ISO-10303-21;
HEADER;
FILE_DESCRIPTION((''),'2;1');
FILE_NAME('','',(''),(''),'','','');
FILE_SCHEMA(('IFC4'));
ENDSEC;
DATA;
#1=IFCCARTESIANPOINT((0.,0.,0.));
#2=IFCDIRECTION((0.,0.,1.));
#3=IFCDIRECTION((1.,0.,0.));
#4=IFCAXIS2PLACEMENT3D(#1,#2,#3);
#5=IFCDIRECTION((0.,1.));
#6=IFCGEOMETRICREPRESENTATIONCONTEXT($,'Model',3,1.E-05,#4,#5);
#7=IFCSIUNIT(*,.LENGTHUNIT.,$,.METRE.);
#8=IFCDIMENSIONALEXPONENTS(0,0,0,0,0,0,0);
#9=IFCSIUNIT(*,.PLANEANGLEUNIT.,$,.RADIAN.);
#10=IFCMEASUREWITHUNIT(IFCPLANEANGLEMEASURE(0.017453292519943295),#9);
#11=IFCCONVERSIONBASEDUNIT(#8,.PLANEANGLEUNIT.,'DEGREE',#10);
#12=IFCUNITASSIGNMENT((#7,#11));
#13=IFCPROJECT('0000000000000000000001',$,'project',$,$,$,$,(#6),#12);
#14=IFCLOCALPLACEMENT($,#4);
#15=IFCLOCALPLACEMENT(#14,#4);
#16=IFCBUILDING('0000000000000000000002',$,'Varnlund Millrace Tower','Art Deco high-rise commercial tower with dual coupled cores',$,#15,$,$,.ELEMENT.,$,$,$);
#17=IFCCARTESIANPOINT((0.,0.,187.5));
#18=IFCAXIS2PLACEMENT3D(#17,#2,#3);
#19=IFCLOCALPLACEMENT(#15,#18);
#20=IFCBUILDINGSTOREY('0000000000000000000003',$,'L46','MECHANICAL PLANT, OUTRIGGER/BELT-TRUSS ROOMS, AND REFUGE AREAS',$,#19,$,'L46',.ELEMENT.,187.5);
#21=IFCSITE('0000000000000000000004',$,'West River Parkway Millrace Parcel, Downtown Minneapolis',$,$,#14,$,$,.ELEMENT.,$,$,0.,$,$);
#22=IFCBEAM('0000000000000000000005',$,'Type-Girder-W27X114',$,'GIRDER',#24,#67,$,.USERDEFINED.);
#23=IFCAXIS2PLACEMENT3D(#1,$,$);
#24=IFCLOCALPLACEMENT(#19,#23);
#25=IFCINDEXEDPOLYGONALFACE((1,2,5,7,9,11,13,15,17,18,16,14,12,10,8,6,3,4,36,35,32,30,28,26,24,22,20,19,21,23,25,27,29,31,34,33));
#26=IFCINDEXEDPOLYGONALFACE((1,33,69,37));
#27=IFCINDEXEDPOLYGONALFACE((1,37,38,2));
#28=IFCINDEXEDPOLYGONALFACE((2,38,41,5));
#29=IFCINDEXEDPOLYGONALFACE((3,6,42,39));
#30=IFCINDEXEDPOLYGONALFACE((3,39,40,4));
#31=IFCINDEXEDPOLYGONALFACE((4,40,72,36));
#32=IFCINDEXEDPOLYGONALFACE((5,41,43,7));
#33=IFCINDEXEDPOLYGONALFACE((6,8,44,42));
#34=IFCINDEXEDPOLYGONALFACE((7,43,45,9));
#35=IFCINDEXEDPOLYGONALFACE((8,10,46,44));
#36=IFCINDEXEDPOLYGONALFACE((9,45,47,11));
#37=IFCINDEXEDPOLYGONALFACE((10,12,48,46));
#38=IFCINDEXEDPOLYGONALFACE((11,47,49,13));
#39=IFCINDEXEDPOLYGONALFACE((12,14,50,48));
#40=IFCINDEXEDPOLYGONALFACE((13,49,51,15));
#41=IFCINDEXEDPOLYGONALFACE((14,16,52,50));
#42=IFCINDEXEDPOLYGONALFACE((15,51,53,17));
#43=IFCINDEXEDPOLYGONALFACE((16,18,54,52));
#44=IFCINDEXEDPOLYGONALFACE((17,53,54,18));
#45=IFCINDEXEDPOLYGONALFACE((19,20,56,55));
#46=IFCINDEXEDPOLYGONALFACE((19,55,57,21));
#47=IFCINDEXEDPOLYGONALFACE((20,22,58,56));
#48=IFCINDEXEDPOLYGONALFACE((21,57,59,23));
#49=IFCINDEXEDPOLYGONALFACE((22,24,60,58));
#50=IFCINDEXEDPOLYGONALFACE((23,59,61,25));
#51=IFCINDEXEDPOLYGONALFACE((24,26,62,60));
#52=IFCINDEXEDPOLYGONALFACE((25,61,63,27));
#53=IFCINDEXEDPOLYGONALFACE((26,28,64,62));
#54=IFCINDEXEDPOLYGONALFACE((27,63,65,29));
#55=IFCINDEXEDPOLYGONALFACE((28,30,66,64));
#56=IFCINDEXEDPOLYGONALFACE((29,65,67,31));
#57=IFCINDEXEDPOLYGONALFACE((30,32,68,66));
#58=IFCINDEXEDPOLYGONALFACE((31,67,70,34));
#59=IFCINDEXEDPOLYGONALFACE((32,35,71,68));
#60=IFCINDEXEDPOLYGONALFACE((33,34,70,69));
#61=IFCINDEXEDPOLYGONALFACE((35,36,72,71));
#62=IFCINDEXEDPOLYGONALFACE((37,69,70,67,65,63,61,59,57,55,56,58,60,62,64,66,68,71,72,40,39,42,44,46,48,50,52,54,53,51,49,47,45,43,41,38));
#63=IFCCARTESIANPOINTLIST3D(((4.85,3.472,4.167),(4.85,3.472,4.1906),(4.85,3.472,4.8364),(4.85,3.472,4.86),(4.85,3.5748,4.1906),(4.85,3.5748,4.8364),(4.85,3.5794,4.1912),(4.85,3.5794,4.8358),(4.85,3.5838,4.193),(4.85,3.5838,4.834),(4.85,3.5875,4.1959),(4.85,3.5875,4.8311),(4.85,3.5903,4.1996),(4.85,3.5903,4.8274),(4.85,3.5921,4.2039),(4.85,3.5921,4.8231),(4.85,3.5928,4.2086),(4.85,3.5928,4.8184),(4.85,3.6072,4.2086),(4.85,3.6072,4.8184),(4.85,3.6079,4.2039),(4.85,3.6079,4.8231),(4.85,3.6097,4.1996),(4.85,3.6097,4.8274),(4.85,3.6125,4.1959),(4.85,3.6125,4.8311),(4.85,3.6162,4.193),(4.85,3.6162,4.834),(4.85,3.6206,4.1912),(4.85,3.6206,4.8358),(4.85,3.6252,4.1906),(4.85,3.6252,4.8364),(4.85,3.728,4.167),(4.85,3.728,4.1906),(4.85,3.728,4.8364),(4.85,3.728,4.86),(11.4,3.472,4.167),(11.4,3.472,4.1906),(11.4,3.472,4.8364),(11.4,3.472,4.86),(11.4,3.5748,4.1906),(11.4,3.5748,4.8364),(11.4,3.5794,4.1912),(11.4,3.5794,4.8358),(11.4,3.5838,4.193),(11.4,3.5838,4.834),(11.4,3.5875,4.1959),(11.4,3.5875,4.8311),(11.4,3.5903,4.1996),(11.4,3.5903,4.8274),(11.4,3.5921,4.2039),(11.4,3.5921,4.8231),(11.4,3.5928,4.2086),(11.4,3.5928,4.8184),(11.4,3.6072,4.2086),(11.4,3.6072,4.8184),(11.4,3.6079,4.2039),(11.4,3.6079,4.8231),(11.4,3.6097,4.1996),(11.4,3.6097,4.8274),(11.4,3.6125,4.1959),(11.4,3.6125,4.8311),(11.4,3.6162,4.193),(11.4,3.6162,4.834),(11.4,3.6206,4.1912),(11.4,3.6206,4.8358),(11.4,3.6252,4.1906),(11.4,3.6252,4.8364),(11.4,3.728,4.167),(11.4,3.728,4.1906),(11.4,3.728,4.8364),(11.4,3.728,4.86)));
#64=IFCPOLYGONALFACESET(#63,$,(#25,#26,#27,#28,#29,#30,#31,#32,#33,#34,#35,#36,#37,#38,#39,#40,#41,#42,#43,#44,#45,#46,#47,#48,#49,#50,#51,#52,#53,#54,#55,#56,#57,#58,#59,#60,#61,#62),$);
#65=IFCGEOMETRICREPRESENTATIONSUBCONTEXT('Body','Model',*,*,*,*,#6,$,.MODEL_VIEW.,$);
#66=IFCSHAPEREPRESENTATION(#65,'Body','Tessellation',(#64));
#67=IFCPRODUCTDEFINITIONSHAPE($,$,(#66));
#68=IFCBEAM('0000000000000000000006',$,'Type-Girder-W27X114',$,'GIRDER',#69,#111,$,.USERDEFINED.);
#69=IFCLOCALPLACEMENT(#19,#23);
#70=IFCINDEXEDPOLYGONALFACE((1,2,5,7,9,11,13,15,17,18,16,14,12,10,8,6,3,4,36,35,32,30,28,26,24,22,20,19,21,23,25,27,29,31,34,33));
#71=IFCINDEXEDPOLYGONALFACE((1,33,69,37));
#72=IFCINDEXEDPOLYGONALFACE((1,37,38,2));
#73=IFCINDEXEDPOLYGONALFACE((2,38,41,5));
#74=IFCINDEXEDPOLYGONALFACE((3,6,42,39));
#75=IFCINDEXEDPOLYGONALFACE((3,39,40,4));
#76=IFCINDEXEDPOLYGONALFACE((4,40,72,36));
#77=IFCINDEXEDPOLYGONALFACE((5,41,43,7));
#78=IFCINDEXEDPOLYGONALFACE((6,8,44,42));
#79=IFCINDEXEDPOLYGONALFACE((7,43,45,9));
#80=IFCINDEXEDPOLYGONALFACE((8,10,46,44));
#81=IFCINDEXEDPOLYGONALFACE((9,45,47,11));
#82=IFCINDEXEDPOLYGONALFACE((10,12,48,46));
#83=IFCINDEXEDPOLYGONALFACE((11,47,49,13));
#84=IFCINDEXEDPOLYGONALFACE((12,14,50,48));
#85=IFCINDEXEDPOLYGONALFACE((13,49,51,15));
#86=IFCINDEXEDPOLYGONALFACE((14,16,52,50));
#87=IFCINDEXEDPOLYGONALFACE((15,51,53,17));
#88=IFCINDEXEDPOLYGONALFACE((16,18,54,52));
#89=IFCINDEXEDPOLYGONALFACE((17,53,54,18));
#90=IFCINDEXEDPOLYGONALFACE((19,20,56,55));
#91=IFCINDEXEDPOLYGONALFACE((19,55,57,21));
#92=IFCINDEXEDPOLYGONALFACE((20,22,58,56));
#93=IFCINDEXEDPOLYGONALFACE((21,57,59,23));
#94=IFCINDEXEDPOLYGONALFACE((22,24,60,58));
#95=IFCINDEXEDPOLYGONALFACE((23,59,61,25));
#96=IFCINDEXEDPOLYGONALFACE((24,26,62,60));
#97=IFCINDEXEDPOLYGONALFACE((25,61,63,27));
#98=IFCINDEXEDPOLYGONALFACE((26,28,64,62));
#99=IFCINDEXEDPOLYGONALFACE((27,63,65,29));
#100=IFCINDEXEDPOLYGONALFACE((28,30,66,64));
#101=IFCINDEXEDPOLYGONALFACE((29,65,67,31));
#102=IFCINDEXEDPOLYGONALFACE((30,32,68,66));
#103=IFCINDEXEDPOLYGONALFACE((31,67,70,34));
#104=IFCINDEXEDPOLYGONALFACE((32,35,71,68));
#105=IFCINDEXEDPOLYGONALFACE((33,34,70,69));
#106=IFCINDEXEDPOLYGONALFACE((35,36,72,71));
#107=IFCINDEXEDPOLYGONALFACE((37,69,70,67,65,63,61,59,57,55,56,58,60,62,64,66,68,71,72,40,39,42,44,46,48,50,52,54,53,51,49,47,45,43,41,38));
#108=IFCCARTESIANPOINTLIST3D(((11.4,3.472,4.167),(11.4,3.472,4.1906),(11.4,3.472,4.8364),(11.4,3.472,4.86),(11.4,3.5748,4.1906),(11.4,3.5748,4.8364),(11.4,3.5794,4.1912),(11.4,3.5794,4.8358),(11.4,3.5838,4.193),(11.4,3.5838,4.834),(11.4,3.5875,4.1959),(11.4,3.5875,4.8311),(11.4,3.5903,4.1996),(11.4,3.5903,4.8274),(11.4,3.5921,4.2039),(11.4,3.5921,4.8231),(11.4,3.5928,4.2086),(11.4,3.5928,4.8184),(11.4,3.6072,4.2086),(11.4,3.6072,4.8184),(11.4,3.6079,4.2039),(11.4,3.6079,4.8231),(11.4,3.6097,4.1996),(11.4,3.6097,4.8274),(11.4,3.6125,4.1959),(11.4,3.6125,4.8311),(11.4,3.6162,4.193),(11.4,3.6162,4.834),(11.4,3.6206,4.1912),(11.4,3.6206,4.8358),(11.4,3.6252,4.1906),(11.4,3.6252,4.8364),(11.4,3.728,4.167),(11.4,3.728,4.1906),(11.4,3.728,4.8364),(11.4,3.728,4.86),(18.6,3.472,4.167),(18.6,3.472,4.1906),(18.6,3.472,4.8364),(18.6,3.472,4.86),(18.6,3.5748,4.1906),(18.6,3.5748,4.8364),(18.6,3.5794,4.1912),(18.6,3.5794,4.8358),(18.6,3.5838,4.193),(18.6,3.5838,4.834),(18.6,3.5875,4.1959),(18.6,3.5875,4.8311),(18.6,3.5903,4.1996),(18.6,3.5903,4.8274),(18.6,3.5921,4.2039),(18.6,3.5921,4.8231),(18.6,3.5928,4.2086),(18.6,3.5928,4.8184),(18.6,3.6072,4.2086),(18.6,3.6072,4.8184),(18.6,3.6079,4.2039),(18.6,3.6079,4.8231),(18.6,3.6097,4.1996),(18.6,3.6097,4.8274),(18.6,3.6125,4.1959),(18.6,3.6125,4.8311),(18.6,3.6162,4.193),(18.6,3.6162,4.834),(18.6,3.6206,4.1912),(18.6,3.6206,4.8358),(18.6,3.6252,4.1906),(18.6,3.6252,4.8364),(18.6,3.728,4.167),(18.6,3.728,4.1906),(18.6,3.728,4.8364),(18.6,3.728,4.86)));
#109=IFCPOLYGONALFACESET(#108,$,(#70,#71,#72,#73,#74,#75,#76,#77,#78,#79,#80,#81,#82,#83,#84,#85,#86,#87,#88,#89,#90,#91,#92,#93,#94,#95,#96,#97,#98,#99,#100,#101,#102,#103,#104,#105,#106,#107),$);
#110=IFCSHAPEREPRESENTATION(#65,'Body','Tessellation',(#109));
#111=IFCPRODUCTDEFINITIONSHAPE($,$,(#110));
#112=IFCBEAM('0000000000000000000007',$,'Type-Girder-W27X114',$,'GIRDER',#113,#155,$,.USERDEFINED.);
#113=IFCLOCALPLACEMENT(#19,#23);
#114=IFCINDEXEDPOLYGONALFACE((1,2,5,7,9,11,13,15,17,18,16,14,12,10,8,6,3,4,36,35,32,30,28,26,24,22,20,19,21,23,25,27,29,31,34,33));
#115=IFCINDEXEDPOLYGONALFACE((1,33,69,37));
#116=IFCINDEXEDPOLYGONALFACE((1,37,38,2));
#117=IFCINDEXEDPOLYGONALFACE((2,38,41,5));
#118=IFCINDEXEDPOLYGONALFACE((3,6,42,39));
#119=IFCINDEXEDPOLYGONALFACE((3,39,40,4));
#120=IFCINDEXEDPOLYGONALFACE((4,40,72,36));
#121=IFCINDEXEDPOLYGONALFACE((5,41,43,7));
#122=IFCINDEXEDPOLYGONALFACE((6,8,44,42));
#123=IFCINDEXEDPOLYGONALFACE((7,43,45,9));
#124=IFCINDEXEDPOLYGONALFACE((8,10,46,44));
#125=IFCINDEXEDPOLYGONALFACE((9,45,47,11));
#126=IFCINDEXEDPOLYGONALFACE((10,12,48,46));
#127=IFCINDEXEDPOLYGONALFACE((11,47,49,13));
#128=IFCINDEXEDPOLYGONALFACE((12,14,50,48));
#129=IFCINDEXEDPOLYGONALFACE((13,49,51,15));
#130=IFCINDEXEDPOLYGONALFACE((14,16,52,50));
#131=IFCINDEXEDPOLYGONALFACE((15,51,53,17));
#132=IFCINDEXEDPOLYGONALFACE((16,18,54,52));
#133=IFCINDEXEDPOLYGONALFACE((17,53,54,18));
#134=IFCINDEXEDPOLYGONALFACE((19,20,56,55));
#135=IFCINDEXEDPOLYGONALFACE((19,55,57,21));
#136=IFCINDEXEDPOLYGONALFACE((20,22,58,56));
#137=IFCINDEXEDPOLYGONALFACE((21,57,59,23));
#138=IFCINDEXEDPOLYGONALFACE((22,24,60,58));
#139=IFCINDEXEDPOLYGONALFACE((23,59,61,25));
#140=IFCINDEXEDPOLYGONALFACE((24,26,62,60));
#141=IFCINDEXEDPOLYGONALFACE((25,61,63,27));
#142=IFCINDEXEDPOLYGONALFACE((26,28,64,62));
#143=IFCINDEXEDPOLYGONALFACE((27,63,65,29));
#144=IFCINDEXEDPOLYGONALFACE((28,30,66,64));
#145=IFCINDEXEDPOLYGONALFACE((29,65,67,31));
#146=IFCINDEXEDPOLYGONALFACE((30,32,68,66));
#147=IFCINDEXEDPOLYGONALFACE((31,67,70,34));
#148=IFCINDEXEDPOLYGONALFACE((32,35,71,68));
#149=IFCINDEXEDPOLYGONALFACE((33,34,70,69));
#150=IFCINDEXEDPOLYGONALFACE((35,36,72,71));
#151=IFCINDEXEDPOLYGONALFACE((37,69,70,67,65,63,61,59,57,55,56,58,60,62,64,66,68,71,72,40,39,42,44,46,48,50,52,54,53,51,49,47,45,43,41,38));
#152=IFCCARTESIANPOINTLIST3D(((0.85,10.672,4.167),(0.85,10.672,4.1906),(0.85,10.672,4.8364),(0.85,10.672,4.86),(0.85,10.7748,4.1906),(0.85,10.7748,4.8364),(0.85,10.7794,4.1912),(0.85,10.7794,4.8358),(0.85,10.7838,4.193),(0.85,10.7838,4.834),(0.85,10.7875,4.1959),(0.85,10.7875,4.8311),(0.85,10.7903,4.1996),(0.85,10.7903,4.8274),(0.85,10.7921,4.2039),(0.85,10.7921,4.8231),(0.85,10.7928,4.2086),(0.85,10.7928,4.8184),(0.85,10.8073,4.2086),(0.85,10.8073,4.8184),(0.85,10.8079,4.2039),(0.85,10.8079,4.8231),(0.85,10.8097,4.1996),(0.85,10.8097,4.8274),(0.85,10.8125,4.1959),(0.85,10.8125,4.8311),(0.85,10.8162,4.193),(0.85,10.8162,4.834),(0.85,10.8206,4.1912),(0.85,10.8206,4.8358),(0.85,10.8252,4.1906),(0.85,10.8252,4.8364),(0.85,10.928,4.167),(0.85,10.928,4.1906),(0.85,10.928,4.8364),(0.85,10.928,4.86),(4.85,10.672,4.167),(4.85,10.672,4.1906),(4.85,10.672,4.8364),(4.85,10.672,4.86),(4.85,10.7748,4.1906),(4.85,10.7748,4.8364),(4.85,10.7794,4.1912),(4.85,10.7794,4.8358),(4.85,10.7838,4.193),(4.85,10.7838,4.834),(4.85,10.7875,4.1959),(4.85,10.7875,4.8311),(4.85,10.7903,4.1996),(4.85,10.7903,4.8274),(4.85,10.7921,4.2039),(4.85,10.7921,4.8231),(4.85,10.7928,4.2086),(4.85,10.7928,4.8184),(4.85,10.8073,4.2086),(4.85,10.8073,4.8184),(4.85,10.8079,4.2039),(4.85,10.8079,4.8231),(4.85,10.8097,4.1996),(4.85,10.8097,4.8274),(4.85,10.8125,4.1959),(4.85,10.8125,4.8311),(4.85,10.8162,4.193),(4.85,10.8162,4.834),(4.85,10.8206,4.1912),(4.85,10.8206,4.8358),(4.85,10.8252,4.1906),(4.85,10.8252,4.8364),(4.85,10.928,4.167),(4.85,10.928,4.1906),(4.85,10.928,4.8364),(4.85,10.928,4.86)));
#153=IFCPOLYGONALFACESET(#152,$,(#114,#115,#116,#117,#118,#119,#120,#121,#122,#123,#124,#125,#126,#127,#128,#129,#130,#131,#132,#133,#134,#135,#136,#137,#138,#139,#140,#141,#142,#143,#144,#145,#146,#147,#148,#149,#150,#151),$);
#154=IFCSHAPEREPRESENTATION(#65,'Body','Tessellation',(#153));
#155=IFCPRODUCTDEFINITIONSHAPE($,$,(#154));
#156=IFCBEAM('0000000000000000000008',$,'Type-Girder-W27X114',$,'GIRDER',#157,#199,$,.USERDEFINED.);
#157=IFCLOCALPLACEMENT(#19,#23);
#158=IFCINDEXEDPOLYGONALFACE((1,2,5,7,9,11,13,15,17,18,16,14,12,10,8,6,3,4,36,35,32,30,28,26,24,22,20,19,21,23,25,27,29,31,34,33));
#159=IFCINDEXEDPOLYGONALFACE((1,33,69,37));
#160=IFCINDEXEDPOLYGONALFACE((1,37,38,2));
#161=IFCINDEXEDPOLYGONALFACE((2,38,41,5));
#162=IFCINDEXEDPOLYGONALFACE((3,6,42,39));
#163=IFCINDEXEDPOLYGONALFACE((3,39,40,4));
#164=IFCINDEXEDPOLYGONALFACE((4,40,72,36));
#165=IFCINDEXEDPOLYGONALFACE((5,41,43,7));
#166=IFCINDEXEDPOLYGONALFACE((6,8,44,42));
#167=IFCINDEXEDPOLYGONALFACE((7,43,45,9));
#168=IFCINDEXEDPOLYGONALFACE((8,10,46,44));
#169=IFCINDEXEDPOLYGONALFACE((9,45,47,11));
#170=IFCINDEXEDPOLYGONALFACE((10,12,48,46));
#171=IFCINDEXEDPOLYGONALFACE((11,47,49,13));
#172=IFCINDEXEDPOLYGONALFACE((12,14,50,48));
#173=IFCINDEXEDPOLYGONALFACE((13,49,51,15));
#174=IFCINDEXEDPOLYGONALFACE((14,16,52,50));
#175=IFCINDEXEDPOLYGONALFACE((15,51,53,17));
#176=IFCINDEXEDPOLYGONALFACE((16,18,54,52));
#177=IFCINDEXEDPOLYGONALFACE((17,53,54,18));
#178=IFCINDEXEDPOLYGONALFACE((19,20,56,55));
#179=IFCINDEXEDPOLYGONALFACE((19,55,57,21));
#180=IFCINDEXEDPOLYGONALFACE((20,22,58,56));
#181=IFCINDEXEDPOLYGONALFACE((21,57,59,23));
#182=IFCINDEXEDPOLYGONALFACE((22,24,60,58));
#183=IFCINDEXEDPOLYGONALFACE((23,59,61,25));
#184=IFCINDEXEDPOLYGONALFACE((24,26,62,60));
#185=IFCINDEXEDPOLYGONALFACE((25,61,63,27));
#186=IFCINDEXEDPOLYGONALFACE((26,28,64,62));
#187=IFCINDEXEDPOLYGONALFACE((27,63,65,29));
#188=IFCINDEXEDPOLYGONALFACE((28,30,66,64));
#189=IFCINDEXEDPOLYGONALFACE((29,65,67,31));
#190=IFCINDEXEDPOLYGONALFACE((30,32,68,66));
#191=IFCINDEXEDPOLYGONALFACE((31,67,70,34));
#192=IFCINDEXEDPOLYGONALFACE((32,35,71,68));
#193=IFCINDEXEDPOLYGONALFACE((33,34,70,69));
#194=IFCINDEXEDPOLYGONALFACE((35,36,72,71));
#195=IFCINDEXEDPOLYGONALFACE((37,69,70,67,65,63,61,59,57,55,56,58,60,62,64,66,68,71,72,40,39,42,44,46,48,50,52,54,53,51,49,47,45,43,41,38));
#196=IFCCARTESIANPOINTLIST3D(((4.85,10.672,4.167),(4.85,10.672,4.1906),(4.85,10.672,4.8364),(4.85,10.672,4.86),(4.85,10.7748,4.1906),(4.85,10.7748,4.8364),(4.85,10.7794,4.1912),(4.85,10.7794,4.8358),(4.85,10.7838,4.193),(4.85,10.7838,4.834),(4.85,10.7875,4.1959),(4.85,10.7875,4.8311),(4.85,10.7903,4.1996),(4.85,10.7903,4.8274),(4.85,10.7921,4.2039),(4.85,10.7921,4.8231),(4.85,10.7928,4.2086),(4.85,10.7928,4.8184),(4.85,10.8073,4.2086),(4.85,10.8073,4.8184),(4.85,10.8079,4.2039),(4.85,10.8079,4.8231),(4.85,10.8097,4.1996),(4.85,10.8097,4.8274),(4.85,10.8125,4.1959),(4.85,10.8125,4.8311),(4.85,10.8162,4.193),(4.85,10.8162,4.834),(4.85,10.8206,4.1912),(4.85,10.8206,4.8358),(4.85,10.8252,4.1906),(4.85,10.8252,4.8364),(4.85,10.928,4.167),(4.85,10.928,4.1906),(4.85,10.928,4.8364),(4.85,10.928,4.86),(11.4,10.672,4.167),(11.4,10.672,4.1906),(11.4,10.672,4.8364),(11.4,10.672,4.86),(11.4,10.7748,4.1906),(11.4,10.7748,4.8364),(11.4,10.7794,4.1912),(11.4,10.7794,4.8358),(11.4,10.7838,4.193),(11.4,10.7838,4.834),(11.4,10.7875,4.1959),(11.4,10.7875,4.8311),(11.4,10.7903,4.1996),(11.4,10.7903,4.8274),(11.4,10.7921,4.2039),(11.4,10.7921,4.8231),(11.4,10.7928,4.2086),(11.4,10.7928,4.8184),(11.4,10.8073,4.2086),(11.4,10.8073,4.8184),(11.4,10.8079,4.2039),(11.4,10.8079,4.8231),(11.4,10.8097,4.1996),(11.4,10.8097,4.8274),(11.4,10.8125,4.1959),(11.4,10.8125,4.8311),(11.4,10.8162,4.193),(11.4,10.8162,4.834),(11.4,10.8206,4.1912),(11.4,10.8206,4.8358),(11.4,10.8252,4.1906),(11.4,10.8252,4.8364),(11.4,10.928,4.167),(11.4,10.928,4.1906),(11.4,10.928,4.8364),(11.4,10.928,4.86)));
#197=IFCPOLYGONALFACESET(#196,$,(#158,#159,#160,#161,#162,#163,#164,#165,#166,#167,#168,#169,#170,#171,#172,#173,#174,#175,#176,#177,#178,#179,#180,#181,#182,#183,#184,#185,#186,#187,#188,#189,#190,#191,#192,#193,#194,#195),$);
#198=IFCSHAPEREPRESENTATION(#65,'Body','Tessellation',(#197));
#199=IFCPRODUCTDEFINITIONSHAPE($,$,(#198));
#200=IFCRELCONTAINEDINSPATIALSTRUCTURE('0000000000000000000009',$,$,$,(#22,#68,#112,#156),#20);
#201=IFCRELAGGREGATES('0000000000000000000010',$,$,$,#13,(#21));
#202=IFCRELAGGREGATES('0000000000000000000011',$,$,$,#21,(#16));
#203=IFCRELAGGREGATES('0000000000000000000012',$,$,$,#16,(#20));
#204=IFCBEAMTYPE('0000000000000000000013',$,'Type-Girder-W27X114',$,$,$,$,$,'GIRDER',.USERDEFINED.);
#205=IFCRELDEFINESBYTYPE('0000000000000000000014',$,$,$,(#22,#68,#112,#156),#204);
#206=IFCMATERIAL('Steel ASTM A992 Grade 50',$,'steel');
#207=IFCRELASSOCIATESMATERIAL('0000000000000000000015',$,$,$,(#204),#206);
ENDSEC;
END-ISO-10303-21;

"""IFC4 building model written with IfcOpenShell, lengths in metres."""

from ifc_helpers import new_model, entity, si_unit, converted_unit, direction, frame, origin_with_axes, origin_2d_with_axis, place, context, subcontext, project, spatial, i_section, extrude, material, material_profile, profile_set, type_object, element, save


model = new_model("IFC4")

# Units and contexts
model_context = context("Model", 3, precision=1e-05, world=origin_with_axes(), true_north=direction((0.0, 1.0)))
body_context = subcontext(model_context, "Body", "Model", "MODEL_VIEW")
ifc_project = project(units=[si_unit("LENGTHUNIT", "METRE"), converted_unit("PLANEANGLEUNIT", "DEGREE", entity("IfcPlaneAngleMeasure", 0.017453292519943295), si_unit("PLANEANGLEUNIT", "RADIAN"), dimensions=[0, 0, 0, 0, 0, 0, 0])], contexts=[model_context])

# Site, building, storey
site_placement = place(None, origin_with_axes())
site = spatial("IfcSite", under=ifc_project, at=site_placement, Name="West River Parkway Millrace Parcel, Downtown Minneapolis", CompositionType="ELEMENT", RefElevation=0.0)
building_placement = place(site_placement, origin_with_axes())
building = spatial("IfcBuilding", under=site, at=building_placement, Name="Varnlund Millrace Tower", Description="Art Deco high-rise commercial tower with dual coupled cores", CompositionType="ELEMENT")
storey_placement = place(building_placement, frame((0.0, 0.0, 187.5), z_axis=(0.0, 0.0, 1.0), x_axis=(1.0, 0.0, 0.0)))
storey = spatial("IfcBuildingStorey", under=building, at=storey_placement, Name="L46", Description="MECHANICAL PLANT, OUTRIGGER/BELT-TRUSS ROOMS, AND REFUGE AREAS", LongName="L46", CompositionType="ELEMENT", Elevation=187.5)

# Beams
ifc_material_1 = material(Name="Steel ASTM A992 Grade 50", Category="steel")
ifc_material_profile_1 = material_profile(ifc_material_1, i_section(OverallWidth=0.256, OverallDepth=0.693, WebThickness=0.0145, FlangeThickness=0.0236, FilletRadius=0.018, at=origin_2d_with_axis()), Name="Steel ASTM A992 Grade 50")
ifc_profile_set_1 = profile_set([ifc_material_profile_1], Name="Steel ASTM A992 Grade 50")
beam_type_1 = type_object("IfcBeamType", Name="Type-Girder-W27X114", ElementType="GIRDER", PredefinedType="USERDEFINED", material=ifc_profile_set_1)
beam_1_placement = place(storey_placement, frame((4.85, 3.6, 4.5135), z_axis=(1.0, 0.0, 0.0), x_axis=(0.0, 1.0, 0.0)))
element("IfcBeam", 1, at=beam_1_placement, inside=storey, type_object=beam_type_1, Name="Type-Girder-W27X114", ObjectType="GIRDER", PredefinedType="USERDEFINED", context=body_context, shape_type="SweptSolid", body=[
    extrude(i_section(OverallWidth=0.256, OverallDepth=0.693, WebThickness=0.0145, FlangeThickness=0.0236, FilletRadius=0.018, at=origin_2d_with_axis()), origin_with_axes(), (0.0, 0.0, 1.0), 6.55),
])
beam_2_placement = place(storey_placement, frame((11.4, 3.6, 4.5135), z_axis=(1.0, 0.0, 0.0), x_axis=(0.0, 1.0, 0.0)))
element("IfcBeam", 2, at=beam_2_placement, inside=storey, type_object=beam_type_1, Name="Type-Girder-W27X114", ObjectType="GIRDER", PredefinedType="USERDEFINED", context=body_context, shape_type="SweptSolid", body=[
    extrude(i_section(OverallWidth=0.256, OverallDepth=0.693, WebThickness=0.0145, FlangeThickness=0.0236, FilletRadius=0.018, at=origin_2d_with_axis()), origin_with_axes(), (0.0, 0.0, 1.0), 7.2),
])
beam_3_placement = place(storey_placement, frame((0.85, 10.8, 4.5135), z_axis=(1.0, 0.0, 0.0), x_axis=(0.0, 1.0, 0.0)))
element("IfcBeam", 3, at=beam_3_placement, inside=storey, type_object=beam_type_1, Name="Type-Girder-W27X114", ObjectType="GIRDER", PredefinedType="USERDEFINED", context=body_context, shape_type="SweptSolid", body=[
    extrude(i_section(OverallWidth=0.256, OverallDepth=0.693, WebThickness=0.0145, FlangeThickness=0.0236, FilletRadius=0.018, at=origin_2d_with_axis()), origin_with_axes(), (0.0, 0.0, 1.0), 4.0),
])
beam_4_placement = place(storey_placement, frame((4.85, 10.8, 4.5135), z_axis=(1.0, 0.0, 0.0), x_axis=(0.0, 1.0, 0.0)))
element("IfcBeam", 4, at=beam_4_placement, inside=storey, type_object=beam_type_1, Name="Type-Girder-W27X114", ObjectType="GIRDER", PredefinedType="USERDEFINED", context=body_context, shape_type="SweptSolid", body=[
    extrude(i_section(OverallWidth=0.256, OverallDepth=0.693, WebThickness=0.0145, FlangeThickness=0.0236, FilletRadius=0.018, at=origin_2d_with_axis()), origin_with_axes(), (0.0, 0.0, 1.0), 6.55),
])

save(model, "model.ifc")
